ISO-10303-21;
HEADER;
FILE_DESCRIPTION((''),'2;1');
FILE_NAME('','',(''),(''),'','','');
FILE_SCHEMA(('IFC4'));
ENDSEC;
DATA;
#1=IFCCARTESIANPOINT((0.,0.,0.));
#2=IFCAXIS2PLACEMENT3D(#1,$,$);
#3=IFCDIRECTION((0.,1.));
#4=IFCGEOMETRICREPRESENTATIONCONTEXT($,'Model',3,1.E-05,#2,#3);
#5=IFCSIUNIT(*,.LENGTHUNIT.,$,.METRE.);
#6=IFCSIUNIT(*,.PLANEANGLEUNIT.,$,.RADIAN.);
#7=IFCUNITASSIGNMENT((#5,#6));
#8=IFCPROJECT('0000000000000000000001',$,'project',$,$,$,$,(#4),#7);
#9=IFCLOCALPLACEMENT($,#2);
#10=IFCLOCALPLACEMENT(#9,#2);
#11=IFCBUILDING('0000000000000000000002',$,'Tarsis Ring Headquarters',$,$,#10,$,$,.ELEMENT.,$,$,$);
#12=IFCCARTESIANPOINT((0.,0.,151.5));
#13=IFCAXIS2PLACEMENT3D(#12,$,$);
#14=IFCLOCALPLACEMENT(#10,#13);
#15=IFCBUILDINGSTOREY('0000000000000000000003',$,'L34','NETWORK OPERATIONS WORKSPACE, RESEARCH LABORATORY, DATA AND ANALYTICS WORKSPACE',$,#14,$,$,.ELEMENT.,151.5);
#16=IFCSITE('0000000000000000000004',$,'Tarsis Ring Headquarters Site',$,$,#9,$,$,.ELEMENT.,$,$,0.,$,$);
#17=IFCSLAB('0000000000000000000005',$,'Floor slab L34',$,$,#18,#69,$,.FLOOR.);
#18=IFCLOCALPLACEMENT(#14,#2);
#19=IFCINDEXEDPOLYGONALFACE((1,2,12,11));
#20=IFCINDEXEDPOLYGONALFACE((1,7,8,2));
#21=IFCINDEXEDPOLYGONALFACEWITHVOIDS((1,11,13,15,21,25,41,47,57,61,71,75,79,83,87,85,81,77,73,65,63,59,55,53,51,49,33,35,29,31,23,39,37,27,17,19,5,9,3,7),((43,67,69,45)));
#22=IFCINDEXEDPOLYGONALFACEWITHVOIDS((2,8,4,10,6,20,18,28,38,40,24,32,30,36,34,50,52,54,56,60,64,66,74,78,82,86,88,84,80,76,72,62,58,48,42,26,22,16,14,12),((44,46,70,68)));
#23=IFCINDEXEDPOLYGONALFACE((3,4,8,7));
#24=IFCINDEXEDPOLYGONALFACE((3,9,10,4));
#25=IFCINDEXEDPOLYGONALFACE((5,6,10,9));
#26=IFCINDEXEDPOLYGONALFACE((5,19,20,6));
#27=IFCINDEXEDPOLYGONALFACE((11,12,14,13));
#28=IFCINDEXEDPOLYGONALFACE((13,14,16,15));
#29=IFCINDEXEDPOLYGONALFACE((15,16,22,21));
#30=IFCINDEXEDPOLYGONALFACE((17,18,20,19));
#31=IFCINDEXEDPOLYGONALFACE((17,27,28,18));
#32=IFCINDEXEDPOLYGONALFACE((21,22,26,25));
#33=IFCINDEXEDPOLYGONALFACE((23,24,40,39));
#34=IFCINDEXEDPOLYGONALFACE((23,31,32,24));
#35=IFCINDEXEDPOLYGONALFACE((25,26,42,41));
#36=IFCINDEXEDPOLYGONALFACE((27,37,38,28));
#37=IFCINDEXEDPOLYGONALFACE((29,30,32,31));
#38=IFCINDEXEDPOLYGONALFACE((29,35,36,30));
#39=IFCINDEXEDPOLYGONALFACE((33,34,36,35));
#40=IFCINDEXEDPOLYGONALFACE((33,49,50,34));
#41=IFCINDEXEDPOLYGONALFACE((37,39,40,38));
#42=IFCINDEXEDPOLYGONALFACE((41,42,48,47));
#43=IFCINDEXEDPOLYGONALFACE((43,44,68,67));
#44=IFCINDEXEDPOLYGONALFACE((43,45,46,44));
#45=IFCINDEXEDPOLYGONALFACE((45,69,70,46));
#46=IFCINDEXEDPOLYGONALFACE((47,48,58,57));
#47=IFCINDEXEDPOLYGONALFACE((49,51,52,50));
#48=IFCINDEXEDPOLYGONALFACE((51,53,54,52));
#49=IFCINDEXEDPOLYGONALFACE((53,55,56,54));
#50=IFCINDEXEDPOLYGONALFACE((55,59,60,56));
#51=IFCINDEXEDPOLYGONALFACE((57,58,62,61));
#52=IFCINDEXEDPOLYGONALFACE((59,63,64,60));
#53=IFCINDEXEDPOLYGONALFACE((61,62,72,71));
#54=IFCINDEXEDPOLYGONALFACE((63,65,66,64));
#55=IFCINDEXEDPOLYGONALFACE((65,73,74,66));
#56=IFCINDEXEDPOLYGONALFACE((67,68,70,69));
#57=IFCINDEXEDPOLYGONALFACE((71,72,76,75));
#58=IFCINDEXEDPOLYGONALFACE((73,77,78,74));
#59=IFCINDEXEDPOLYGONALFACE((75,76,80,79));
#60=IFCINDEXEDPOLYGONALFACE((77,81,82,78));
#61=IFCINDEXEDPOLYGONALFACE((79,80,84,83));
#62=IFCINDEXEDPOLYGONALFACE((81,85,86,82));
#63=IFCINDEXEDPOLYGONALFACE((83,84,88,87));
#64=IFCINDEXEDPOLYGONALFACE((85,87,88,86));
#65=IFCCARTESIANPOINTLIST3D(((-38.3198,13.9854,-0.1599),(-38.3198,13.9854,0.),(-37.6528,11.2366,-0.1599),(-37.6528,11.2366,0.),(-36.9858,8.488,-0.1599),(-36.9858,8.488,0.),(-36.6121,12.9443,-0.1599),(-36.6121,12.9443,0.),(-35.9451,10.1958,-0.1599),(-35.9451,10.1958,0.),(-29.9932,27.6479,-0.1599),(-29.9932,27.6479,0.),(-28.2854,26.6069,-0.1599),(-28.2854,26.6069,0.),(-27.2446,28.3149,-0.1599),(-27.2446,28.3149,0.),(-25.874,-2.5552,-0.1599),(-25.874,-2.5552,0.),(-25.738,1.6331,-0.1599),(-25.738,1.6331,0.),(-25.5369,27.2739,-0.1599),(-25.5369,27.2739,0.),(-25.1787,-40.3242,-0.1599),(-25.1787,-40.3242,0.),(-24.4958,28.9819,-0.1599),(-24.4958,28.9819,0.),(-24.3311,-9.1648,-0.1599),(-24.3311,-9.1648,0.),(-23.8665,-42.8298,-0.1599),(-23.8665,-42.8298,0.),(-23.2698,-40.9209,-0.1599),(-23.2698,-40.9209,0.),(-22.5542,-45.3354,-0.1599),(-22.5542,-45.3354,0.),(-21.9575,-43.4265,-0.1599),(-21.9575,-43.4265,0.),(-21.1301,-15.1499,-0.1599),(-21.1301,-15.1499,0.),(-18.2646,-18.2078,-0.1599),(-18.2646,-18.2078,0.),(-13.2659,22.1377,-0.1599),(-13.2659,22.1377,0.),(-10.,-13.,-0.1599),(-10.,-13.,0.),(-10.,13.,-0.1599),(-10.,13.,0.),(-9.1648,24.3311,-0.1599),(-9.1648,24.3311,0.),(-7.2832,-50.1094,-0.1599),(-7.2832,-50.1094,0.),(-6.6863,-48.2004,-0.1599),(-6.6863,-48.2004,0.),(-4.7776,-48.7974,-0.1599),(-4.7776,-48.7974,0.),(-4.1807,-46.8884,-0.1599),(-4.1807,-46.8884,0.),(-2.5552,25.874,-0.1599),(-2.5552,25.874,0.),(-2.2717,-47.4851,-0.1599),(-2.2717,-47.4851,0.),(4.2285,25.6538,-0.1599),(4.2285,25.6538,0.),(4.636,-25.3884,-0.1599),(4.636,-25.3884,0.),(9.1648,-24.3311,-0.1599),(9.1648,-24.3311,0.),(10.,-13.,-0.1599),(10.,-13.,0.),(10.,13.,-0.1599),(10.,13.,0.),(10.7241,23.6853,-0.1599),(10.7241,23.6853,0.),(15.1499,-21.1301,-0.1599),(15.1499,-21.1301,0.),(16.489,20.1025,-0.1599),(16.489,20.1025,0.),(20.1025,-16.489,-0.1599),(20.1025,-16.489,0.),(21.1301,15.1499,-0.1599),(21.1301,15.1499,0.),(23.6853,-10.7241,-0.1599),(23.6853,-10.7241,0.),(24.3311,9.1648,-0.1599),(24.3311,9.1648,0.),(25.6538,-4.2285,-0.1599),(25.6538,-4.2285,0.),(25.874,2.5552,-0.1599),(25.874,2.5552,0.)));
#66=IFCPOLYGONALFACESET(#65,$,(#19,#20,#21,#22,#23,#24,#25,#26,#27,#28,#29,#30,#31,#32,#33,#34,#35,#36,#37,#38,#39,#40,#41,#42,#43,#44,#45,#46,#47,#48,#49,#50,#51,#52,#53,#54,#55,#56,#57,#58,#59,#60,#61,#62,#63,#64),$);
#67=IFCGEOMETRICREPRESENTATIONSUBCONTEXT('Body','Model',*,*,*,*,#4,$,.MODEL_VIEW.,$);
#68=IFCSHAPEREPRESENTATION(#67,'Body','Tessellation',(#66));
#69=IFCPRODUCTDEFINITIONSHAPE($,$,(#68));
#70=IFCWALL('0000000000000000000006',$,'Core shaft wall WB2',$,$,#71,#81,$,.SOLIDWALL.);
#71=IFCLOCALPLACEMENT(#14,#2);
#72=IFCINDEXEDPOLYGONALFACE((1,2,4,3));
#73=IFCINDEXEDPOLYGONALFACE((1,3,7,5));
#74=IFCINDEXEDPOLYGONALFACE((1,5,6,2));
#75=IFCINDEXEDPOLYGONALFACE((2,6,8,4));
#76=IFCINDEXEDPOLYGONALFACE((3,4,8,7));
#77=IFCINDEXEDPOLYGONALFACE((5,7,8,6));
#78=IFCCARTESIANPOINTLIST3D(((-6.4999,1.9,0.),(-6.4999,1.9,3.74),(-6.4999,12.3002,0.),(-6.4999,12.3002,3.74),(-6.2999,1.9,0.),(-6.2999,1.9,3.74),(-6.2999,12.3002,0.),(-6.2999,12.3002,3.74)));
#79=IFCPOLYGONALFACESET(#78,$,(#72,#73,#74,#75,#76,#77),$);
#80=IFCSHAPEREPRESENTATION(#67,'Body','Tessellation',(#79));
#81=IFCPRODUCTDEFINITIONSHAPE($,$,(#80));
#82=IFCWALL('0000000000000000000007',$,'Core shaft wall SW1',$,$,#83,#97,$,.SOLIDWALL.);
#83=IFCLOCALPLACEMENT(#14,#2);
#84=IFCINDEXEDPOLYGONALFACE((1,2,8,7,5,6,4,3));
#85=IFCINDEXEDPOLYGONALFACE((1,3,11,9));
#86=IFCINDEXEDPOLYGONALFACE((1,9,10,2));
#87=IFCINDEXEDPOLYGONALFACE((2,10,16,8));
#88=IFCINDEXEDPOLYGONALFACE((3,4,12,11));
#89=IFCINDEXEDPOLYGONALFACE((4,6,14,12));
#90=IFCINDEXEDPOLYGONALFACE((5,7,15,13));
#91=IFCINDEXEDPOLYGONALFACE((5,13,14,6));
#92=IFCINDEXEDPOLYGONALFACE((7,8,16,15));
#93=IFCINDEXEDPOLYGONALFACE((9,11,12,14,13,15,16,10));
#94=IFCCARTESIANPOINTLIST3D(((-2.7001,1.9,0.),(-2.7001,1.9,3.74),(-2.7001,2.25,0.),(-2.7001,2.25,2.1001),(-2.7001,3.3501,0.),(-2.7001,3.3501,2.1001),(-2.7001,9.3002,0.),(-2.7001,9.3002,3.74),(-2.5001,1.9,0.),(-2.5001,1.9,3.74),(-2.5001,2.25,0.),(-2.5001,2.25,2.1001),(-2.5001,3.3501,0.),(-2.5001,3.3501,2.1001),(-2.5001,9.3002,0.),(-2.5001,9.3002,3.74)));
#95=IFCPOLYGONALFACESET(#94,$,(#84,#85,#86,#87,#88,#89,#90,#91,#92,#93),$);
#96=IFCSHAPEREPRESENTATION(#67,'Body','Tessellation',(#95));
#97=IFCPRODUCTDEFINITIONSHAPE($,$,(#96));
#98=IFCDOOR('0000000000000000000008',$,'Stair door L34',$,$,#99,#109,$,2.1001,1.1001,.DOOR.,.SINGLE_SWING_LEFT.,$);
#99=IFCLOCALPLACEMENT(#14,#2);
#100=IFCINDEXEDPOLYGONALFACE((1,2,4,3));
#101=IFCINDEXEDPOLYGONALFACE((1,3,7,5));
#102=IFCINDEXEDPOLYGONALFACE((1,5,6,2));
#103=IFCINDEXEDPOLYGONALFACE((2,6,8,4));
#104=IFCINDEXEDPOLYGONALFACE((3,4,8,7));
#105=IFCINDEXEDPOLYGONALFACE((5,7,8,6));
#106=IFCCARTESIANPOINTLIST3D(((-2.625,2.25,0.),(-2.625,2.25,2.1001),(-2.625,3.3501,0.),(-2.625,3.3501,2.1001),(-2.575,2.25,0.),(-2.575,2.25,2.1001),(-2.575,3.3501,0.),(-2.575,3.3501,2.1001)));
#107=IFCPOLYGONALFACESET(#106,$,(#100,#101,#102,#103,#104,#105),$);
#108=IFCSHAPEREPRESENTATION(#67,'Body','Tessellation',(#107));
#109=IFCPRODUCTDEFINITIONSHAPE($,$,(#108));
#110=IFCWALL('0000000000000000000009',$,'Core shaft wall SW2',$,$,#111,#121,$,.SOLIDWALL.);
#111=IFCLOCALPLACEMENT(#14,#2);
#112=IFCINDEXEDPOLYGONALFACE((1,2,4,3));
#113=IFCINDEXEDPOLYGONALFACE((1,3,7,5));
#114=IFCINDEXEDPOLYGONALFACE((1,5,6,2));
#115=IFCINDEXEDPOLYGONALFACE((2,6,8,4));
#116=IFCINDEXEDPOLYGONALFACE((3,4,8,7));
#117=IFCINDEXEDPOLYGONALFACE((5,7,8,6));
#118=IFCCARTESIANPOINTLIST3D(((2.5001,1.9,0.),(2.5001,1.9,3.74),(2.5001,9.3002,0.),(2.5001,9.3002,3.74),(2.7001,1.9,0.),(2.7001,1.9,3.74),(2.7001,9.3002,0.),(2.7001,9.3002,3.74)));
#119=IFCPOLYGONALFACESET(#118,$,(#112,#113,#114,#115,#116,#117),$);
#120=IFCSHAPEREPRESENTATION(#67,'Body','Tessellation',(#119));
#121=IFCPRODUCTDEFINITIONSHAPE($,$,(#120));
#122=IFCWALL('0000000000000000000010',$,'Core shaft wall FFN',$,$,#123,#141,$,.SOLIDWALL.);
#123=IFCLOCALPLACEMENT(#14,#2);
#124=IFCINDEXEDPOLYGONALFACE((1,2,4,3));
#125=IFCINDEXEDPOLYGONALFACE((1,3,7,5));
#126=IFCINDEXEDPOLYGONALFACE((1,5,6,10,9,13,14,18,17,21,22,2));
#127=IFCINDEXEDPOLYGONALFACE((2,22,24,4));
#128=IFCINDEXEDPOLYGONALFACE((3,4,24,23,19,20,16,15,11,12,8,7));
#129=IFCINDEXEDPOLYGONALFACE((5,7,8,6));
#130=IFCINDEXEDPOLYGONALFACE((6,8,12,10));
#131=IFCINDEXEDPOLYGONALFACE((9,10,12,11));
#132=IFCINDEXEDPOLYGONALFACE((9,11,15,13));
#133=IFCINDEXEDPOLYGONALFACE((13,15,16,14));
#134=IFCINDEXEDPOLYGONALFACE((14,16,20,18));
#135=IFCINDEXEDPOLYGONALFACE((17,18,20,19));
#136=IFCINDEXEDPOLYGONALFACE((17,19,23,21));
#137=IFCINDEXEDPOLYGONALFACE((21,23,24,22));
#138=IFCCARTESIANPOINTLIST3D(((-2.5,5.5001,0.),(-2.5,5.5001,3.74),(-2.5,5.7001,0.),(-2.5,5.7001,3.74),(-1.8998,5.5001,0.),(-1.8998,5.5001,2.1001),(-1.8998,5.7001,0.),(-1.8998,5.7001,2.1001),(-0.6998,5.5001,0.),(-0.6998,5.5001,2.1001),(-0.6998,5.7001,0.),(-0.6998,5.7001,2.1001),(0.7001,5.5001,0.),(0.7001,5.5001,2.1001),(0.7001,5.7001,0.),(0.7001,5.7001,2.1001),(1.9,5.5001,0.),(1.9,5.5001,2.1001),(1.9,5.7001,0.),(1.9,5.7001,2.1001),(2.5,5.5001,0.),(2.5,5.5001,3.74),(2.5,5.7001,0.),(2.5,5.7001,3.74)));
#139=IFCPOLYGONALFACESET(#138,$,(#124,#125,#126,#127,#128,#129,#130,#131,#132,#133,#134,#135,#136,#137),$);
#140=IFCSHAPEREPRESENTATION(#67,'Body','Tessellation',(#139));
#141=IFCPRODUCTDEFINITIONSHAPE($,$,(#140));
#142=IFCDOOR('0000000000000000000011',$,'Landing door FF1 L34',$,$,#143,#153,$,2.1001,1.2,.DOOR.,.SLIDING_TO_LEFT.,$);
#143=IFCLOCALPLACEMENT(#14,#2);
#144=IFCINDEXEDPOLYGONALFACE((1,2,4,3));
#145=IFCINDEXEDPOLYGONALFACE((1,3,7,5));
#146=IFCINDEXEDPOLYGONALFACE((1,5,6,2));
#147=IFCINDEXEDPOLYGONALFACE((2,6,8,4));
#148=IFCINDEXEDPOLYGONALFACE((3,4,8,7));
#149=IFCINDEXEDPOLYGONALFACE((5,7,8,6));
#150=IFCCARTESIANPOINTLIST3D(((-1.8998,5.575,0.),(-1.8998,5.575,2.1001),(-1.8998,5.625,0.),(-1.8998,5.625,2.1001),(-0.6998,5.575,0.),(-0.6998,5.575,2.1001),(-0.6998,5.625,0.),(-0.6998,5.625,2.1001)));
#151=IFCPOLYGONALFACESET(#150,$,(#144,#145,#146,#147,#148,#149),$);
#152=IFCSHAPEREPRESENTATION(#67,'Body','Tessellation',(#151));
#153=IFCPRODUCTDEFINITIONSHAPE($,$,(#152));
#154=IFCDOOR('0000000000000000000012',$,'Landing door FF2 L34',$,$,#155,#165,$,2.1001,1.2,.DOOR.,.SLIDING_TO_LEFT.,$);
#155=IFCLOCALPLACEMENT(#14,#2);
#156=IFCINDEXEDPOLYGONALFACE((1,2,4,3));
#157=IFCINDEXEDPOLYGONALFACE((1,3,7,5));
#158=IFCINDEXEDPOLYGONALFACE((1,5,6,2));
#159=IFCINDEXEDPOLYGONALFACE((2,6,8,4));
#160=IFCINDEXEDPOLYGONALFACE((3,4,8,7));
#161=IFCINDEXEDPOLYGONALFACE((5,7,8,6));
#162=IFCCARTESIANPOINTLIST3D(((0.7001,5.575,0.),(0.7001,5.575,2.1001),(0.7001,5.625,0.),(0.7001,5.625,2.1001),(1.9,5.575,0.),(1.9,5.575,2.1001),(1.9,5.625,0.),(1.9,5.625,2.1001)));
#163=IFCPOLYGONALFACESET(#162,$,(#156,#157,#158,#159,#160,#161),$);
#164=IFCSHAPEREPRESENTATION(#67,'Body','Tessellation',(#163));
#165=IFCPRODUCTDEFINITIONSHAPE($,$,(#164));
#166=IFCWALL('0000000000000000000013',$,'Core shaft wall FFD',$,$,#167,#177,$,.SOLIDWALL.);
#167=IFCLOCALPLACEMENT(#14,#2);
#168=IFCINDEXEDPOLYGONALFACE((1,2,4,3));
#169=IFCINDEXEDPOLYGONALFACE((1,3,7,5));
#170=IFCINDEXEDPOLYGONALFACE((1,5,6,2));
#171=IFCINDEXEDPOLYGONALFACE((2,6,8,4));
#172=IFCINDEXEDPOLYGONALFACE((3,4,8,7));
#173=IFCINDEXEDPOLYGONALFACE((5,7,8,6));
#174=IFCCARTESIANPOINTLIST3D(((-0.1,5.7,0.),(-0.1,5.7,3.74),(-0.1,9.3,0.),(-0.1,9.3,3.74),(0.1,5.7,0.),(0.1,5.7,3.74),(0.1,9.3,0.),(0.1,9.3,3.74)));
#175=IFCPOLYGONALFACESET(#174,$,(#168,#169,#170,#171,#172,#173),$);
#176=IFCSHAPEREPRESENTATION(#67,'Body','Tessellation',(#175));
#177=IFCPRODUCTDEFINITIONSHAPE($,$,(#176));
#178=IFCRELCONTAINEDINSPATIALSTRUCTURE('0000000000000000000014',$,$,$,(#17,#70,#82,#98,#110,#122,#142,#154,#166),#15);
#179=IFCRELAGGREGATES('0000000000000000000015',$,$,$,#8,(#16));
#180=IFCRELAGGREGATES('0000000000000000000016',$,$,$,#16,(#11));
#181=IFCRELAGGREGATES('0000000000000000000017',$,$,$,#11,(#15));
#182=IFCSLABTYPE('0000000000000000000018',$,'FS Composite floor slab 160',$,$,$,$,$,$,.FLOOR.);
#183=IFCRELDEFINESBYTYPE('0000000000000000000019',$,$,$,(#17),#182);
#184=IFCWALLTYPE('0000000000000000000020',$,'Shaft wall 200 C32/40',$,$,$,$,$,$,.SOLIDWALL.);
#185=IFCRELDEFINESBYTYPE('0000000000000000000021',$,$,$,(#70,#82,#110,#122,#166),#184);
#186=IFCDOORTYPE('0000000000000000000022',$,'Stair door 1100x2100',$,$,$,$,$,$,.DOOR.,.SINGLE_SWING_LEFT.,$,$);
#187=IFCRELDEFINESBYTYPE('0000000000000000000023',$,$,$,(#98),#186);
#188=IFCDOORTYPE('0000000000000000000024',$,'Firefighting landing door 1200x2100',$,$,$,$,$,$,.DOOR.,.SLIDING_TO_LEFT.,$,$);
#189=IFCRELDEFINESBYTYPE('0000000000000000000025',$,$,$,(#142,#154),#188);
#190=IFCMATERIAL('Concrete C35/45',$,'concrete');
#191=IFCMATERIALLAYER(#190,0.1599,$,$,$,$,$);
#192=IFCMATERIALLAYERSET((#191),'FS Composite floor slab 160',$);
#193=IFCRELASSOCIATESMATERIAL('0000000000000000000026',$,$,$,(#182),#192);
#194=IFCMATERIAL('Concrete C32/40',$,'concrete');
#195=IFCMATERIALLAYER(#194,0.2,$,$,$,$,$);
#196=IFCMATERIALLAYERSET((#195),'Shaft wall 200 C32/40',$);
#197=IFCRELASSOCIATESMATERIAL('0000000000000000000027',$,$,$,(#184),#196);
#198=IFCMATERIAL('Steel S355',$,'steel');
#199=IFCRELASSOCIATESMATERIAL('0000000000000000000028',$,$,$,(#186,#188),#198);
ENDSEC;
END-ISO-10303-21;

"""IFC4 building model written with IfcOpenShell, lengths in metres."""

from ifc_helpers import new_model, si_unit, direction, frame, frame_2d, origin, place, context, subcontext, project, spatial, polyline, rectangle, outline, extrude, material, layer, layer_set, type_object, element, fill, save


model = new_model("IFC4")

# Units and contexts
model_context = context("Model", 3, precision=1e-05, world=origin(), true_north=direction((0.0, 1.0)))
body_context = subcontext(model_context, "Body", "Model", "MODEL_VIEW")
ifc_project = project(units=[si_unit("LENGTHUNIT", "METRE"), si_unit("PLANEANGLEUNIT", "RADIAN")], contexts=[model_context])

# Site, building, storey
site_placement = place(None, origin())
site = spatial("IfcSite", under=ifc_project, at=site_placement, Name="Tarsis Ring Headquarters Site", CompositionType="ELEMENT", RefElevation=0.0)
building_placement = place(site_placement, origin())
building = spatial("IfcBuilding", under=site, at=building_placement, Name="Tarsis Ring Headquarters", CompositionType="ELEMENT")
storey_placement = place(building_placement, frame((0.0, 0.0, 151.5)))
storey = spatial("IfcBuildingStorey", under=building, at=storey_placement, Name="L34", Description="NETWORK OPERATIONS WORKSPACE, RESEARCH LABORATORY, DATA AND ANALYTICS WORKSPACE", CompositionType="ELEMENT", Elevation=151.5)

# Slab
ifc_material_1 = material(Name="Concrete C35/45", Category="concrete")
ifc_layer_1 = layer(ifc_material_1, 0.1599)
ifc_layer_set_1 = layer_set([ifc_layer_1], Name="FS Composite floor slab 160")
slab_type_1 = type_object("IfcSlabType", Name="FS Composite floor slab 160", PredefinedType="FLOOR", material=ifc_layer_set_1)
slab_1_placement = place(storey_placement, frame((0.0, 0.0, -0.1599)))
element("IfcSlab", 1, at=slab_1_placement, inside=storey, type_object=slab_type_1, Name="Floor slab L34", PredefinedType="FLOOR", context=body_context, shape_type="SweptSolid", body=[
    extrude(outline(polyline([(-25.738, 1.6331), (-25.874, -2.5552), (-24.3311, -9.1648), (-21.1301, -15.1499), (-18.2646, -18.2078), (-25.1787, -40.3242), (-23.2698, -40.9209), (-23.8665, -42.8298), (-21.9575, -43.4265), (-22.5542, -45.3354), (-7.2832, -50.1094), (-6.6863, -48.2004), (-4.7776, -48.7974), (-4.1807, -46.8884), (-2.2717, -47.4851), (4.636, -25.3884), (9.1648, -24.3311), (15.1499, -21.1301), (20.1025, -16.489), (23.6853, -10.7241), (25.6538, -4.2285), (25.874, 2.5552), (24.3311, 9.1648), (21.1301, 15.1499), (16.489, 20.1025), (10.7241, 23.6853), (4.2285, 25.6538), (-2.5552, 25.874), (-9.1648, 24.3311), (-13.2659, 22.1377), (-24.4958, 28.9819), (-25.5369, 27.2739), (-27.2446, 28.3149), (-28.2854, 26.6069), (-29.9932, 27.6479), (-38.3198, 13.9854), (-36.6121, 12.9443), (-37.6528, 11.2366), (-35.9451, 10.1958), (-36.9858, 8.488), (-25.738, 1.6331)]), holes=[polyline([(-10.0, -13.0), (-10.0, 13.0), (10.0, 13.0), (10.0, -13.0), (-10.0, -13.0)])]), origin(), (0.0, 0.0, 1.0), 0.1599),
])

# Wall
ifc_material_2 = material(Name="Concrete C32/40", Category="concrete")
ifc_layer_2 = layer(ifc_material_2, 0.2)
ifc_layer_set_2 = layer_set([ifc_layer_2], Name="Shaft wall 200 C32/40")
wall_type = type_object("IfcWallType", Name="Shaft wall 200 C32/40", PredefinedType="SOLIDWALL", material=ifc_layer_set_2)
wall_1_placement = place(storey_placement, frame((-6.3999, 1.8999, 0.0), z_axis=(0.0, 0.0, 1.0), x_axis=(0.0, 1.0, 0.0)))
element("IfcWall", 2, at=wall_1_placement, inside=storey, type_object=wall_type, Name="Core shaft wall WB2", PredefinedType="SOLIDWALL", context=body_context, shape_type="SweptSolid", body=[
    extrude(rectangle(XDim=10.4001, YDim=0.2, at=frame_2d((5.2002, 0.0))), origin(), (0.0, 0.0, 1.0), 3.74),
])

# Wall, opening, door
wall_2_placement = place(storey_placement, frame((-2.6001, 1.8999, 0.0), z_axis=(0.0, 0.0, 1.0), x_axis=(0.0, 1.0, 0.0)))
wall_2 = element("IfcWall", 3, at=wall_2_placement, inside=storey, type_object=wall_type, Name="Core shaft wall SW1", PredefinedType="SOLIDWALL", context=body_context, shape_type="SweptSolid", body=[
    extrude(rectangle(XDim=7.4001, YDim=0.2, at=frame_2d((3.7002, 0.0))), origin(), (0.0, 0.0, 1.0), 3.74),
])
opening_1_placement = place(wall_2_placement, frame((0.3501, 0.0, 0.0)))
opening_1 = element("IfcOpeningElement", 4, at=opening_1_placement, cuts=wall_2, PredefinedType="OPENING", context=body_context, shape_type="SweptSolid", body=[
    extrude(rectangle(XDim=1.1001, YDim=2.1001, at=frame_2d((0.55, 1.05))), frame((0.0, 0.1099, 0.0), z_axis=(0.0, -1.0, 0.0), x_axis=(1.0, 0.0, 0.0)), (0.0, 0.0, 1.0), 0.22),
])
ifc_material_3 = material(Name="Steel S355", Category="steel")
door_type_1 = type_object("IfcDoorType", Name="Stair door 1100x2100", OperationType="SINGLE_SWING_LEFT", PredefinedType="DOOR", material=ifc_material_3)
door_1_placement = place(opening_1_placement, origin())
door_1 = element("IfcDoor", 5, at=door_1_placement, inside=storey, type_object=door_type_1, Name="Stair door L34", OperationType="SINGLE_SWING_LEFT", OverallHeight=2.1001, OverallWidth=1.1001, PredefinedType="DOOR", context=body_context, shape_type="SweptSolid", body=[
    extrude(rectangle(XDim=1.1001, YDim=2.1001, at=frame_2d((0.55, 1.05))), frame((0.0, 0.0249, 0.0), z_axis=(0.0, -1.0, 0.0), x_axis=(1.0, 0.0, 0.0)), (0.0, 0.0, 1.0), 0.05),
])
fill(opening_1, door_1)

# Wall
wall_3_placement = place(storey_placement, frame((2.6001, 1.8999, 0.0), z_axis=(0.0, 0.0, 1.0), x_axis=(0.0, 1.0, 0.0)))
element("IfcWall", 6, at=wall_3_placement, inside=storey, type_object=wall_type, Name="Core shaft wall SW2", PredefinedType="SOLIDWALL", context=body_context, shape_type="SweptSolid", body=[
    extrude(rectangle(XDim=7.4001, YDim=0.2, at=frame_2d((3.7002, 0.0))), origin(), (0.0, 0.0, 1.0), 3.74),
])

# Wall, openings, doors
wall_4_placement = place(storey_placement, frame((-2.5, 5.6001, 0.0), z_axis=(0.0, 0.0, 1.0), x_axis=(1.0, 0.0, 0.0)))
wall_4 = element("IfcWall", 7, at=wall_4_placement, inside=storey, type_object=wall_type, Name="Core shaft wall FFN", PredefinedType="SOLIDWALL", context=body_context, shape_type="SweptSolid", body=[
    extrude(rectangle(XDim=5.0, YDim=0.2, at=frame_2d((2.5, 0.0))), origin(), (0.0, 0.0, 1.0), 3.74),
])
opening_2_placement = place(wall_4_placement, frame((0.6001, 0.0, 0.0)))
opening_2 = element("IfcOpeningElement", 8, at=opening_2_placement, cuts=wall_4, PredefinedType="OPENING", context=body_context, shape_type="SweptSolid", body=[
    extrude(rectangle(XDim=1.2, YDim=2.1001, at=frame_2d((0.6001, 1.05))), frame((0.0, 0.1099, 0.0), z_axis=(0.0, -1.0, 0.0), x_axis=(1.0, 0.0, 0.0)), (0.0, 0.0, 1.0), 0.22),
])
opening_3_placement = place(wall_4_placement, frame((3.2, 0.0, 0.0)))
opening_3 = element("IfcOpeningElement", 9, at=opening_3_placement, cuts=wall_4, PredefinedType="OPENING", context=body_context, shape_type="SweptSolid", body=[
    extrude(rectangle(XDim=1.2, YDim=2.1001, at=frame_2d((0.6001, 1.05))), frame((0.0, 0.1099, 0.0), z_axis=(0.0, -1.0, 0.0), x_axis=(1.0, 0.0, 0.0)), (0.0, 0.0, 1.0), 0.22),
])
door_type_2 = type_object("IfcDoorType", Name="Firefighting landing door 1200x2100", OperationType="SLIDING_TO_LEFT", PredefinedType="DOOR", material=ifc_material_3)
door_2_placement = place(opening_2_placement, origin())
door_2 = element("IfcDoor", 10, at=door_2_placement, inside=storey, type_object=door_type_2, Name="Landing door FF1 L34", OperationType="SLIDING_TO_LEFT", OverallHeight=2.1001, OverallWidth=1.2, PredefinedType="DOOR", context=body_context, shape_type="SweptSolid", body=[
    extrude(rectangle(XDim=1.2, YDim=2.1001, at=frame_2d((0.6001, 1.05))), frame((0.0, 0.0249, 0.0), z_axis=(0.0, -1.0, 0.0), x_axis=(1.0, 0.0, 0.0)), (0.0, 0.0, 1.0), 0.05),
])
fill(opening_2, door_2)
door_3_placement = place(opening_3_placement, origin())
door_3 = element("IfcDoor", 11, at=door_3_placement, inside=storey, type_object=door_type_2, Name="Landing door FF2 L34", OperationType="SLIDING_TO_LEFT", OverallHeight=2.1001, OverallWidth=1.2, PredefinedType="DOOR", context=body_context, shape_type="SweptSolid", body=[
    extrude(rectangle(XDim=1.2, YDim=2.1001, at=frame_2d((0.6001, 1.05))), frame((0.0, 0.0249, 0.0), z_axis=(0.0, -1.0, 0.0), x_axis=(1.0, 0.0, 0.0)), (0.0, 0.0, 1.0), 0.05),
])
fill(opening_3, door_3)

# Wall
wall_5_placement = place(storey_placement, frame((0.0, 5.7, 0.0), z_axis=(0.0, 0.0, 1.0), x_axis=(0.0, 1.0, 0.0)))
element("IfcWall", 12, at=wall_5_placement, inside=storey, type_object=wall_type, Name="Core shaft wall FFD", PredefinedType="SOLIDWALL", context=body_context, shape_type="SweptSolid", body=[
    extrude(rectangle(XDim=3.6001, YDim=0.2, at=frame_2d((1.8, 0.0))), origin(), (0.0, 0.0, 1.0), 3.74),
])

save(model, "model.ifc")
